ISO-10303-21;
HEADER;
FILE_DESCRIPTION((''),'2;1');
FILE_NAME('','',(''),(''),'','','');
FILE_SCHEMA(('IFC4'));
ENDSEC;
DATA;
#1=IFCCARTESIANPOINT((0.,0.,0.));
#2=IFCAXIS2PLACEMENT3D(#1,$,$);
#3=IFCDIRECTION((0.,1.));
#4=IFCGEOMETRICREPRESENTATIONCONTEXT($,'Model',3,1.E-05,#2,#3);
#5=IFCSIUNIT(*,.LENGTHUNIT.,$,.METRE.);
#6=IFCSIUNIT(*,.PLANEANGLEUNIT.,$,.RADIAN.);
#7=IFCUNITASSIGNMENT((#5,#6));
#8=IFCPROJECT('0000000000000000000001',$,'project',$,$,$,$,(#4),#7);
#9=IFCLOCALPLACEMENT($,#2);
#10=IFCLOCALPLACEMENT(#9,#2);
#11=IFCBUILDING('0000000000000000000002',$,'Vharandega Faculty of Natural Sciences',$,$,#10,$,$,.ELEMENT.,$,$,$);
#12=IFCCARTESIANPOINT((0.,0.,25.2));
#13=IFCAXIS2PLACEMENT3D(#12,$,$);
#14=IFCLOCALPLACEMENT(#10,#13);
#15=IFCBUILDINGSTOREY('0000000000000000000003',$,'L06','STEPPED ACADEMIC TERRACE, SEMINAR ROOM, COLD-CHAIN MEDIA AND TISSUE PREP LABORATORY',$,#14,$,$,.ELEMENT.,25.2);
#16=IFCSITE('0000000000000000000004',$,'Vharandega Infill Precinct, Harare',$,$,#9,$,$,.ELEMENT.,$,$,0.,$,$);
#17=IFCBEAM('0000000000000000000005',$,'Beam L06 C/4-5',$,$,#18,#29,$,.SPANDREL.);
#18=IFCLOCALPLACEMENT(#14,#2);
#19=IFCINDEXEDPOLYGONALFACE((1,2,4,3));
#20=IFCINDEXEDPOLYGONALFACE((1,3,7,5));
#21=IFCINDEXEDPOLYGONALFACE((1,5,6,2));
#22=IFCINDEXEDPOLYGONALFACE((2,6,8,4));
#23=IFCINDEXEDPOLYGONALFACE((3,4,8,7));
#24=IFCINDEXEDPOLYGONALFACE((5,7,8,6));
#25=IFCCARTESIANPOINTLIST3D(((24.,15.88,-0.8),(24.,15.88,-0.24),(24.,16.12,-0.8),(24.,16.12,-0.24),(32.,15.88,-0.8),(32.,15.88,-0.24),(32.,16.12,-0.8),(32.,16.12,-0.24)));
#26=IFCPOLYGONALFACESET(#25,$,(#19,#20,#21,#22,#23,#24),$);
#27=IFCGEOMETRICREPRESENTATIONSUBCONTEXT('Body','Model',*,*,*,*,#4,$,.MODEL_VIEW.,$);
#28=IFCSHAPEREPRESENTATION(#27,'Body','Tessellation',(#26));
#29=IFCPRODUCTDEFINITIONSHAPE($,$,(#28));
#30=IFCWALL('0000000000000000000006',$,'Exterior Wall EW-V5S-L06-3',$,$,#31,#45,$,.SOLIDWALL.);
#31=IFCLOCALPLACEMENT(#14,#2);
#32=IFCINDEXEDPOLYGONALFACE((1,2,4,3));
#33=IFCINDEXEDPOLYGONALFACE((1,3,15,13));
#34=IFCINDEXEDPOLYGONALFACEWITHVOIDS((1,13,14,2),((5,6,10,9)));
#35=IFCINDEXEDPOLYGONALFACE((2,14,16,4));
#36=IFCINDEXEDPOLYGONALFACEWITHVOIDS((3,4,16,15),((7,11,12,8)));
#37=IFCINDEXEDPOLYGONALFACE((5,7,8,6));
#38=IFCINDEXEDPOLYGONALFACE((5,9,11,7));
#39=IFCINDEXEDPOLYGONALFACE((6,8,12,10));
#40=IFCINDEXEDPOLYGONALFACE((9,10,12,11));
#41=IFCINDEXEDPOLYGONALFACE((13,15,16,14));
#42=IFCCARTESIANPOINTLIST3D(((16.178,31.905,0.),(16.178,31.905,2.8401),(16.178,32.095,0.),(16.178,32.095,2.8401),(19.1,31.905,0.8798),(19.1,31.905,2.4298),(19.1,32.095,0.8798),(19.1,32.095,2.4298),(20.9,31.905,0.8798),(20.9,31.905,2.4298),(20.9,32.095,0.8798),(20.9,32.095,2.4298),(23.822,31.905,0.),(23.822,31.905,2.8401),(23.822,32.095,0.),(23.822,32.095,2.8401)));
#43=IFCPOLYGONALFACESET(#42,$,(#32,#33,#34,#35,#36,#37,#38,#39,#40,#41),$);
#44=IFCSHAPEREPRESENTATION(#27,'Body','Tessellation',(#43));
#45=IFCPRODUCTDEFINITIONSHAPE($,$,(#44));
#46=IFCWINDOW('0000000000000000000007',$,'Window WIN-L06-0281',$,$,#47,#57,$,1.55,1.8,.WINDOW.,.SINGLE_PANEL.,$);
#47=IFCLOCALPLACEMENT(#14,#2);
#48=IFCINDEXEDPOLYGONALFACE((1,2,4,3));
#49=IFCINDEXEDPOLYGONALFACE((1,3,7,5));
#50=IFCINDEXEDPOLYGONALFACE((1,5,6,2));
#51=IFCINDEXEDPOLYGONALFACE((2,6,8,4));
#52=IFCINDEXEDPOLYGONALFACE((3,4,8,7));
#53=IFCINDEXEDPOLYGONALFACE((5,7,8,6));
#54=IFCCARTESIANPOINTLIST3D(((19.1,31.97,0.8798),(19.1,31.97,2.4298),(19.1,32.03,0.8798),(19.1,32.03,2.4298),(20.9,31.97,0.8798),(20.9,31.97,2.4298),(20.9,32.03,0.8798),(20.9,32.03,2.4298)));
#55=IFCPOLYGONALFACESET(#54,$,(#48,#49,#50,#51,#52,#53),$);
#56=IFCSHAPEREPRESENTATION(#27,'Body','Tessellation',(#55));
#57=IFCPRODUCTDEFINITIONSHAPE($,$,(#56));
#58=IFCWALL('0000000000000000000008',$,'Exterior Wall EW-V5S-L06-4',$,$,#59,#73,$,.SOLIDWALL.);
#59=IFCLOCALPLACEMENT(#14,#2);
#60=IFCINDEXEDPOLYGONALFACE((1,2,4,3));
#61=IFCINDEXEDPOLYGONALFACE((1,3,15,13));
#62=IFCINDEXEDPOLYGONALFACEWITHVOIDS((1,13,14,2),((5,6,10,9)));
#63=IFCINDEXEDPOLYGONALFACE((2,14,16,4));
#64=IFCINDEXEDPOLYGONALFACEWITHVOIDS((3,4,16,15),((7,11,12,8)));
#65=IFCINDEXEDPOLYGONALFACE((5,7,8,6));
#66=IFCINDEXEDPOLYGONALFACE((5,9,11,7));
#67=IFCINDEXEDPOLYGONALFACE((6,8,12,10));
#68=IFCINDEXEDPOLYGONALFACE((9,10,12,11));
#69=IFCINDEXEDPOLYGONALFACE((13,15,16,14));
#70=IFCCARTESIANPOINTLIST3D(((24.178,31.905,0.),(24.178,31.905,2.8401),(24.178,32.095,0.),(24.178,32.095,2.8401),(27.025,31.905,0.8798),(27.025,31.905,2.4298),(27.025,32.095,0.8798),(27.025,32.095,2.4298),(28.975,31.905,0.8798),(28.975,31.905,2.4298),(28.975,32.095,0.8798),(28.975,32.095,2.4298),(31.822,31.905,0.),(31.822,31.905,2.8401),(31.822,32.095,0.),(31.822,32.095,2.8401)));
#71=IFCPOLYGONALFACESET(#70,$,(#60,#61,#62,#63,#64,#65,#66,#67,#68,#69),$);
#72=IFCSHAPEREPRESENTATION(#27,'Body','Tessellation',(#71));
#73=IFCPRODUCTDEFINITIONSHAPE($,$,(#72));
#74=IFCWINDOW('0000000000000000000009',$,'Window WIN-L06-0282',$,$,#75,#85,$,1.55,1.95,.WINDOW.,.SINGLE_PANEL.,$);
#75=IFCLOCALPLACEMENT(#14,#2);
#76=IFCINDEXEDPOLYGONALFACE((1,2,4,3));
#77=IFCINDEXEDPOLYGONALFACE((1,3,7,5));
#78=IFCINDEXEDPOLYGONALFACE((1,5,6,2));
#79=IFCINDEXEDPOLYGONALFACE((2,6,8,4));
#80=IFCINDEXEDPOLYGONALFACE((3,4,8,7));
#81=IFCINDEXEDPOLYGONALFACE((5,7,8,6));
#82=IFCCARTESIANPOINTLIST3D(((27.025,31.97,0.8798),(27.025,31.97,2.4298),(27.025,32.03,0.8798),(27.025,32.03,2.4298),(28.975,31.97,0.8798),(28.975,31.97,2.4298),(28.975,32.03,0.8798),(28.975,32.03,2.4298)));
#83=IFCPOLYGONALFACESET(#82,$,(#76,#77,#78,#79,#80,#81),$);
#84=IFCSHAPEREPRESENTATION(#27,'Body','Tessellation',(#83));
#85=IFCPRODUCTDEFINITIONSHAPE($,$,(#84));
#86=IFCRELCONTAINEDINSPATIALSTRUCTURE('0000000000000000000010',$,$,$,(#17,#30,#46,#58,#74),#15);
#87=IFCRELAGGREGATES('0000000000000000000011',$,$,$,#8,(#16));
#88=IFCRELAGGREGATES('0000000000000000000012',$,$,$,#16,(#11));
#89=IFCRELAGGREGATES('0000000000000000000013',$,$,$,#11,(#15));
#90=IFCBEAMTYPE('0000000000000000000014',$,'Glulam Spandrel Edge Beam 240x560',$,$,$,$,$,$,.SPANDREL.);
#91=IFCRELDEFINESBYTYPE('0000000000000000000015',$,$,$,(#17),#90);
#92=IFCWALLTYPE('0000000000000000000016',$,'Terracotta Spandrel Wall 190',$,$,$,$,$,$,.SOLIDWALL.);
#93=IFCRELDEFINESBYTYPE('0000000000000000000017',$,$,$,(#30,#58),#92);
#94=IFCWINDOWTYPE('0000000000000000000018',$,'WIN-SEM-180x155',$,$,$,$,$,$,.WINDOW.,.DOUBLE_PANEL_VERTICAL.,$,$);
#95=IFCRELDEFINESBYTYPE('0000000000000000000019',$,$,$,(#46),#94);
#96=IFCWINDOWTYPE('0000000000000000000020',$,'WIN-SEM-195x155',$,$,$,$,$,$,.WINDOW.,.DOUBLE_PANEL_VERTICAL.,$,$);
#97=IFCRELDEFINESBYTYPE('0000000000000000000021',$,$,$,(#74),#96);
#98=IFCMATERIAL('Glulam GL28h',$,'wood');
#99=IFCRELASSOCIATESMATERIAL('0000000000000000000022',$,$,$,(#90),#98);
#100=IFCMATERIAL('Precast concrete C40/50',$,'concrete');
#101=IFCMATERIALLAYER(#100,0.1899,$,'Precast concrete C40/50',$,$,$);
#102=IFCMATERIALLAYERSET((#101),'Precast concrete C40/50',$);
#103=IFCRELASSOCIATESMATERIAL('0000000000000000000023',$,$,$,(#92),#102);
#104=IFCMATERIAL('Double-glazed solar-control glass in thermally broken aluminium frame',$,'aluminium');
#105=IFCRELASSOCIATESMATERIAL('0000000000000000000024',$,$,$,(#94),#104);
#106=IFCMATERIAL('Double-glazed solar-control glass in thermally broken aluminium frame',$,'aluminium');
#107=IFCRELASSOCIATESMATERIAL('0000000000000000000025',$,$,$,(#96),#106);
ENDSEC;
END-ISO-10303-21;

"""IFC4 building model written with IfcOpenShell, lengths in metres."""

from ifc_helpers import new_model, si_unit, direction, frame, frame_2d, origin, origin_2d, place, context, subcontext, project, spatial, rectangle, extrude, material, layer, layer_set, material_profile, profile_set, type_object, element, fill, save


model = new_model("IFC4")

# Units and contexts
model_context = context("Model", 3, precision=1e-05, world=origin(), true_north=direction((0.0, 1.0)))
body_context = subcontext(model_context, "Body", "Model", "MODEL_VIEW")
ifc_project = project(units=[si_unit("LENGTHUNIT", "METRE"), si_unit("PLANEANGLEUNIT", "RADIAN")], contexts=[model_context])

# Site, building, storey
site_placement = place(None, origin())
site = spatial("IfcSite", under=ifc_project, at=site_placement, Name="Vharandega Infill Precinct, Harare", CompositionType="ELEMENT", RefElevation=0.0)
building_placement = place(site_placement, origin())
building = spatial("IfcBuilding", under=site, at=building_placement, Name="Vharandega Faculty of Natural Sciences", CompositionType="ELEMENT")
storey_placement = place(building_placement, frame((0.0, 0.0, 25.2)))
storey = spatial("IfcBuildingStorey", under=building, at=storey_placement, Name="L06", Description="STEPPED ACADEMIC TERRACE, SEMINAR ROOM, COLD-CHAIN MEDIA AND TISSUE PREP LABORATORY", CompositionType="ELEMENT", Elevation=25.2)

# Beam
ifc_material_1 = material(Name="Glulam GL28h", Category="wood")
ifc_material_profile_1 = material_profile(ifc_material_1, rectangle(XDim=0.24, YDim=0.5601, at=origin_2d()), Name="GL28h 240x560")
ifc_profile_set_1 = profile_set([ifc_material_profile_1], Name="Glulam GL28h")
beam_type_1 = type_object("IfcBeamType", Name="Glulam Spandrel Edge Beam 240x560", PredefinedType="SPANDREL", material=ifc_profile_set_1)
beam_1_placement = place(storey_placement, frame((24.0, 16.0, -0.52), z_axis=(1.0, 0.0, 0.0), x_axis=(0.0, 1.0, 0.0)))
element("IfcBeam", 1, at=beam_1_placement, inside=storey, type_object=beam_type_1, Name="Beam L06 C/4-5", PredefinedType="SPANDREL", context=body_context, shape_type="SweptSolid", body=[
    extrude(rectangle(XDim=0.24, YDim=0.5601, at=origin_2d()), origin(), (0.0, 0.0, 1.0), 8.0),
])

# Walls, openings, windows
ifc_material_2 = material(Name="Precast concrete C40/50", Category="concrete")
ifc_layer = layer(ifc_material_2, 0.1899, Name="Precast concrete C40/50")
ifc_layer_set = layer_set([ifc_layer], Name="Precast concrete C40/50")
wall_type = type_object("IfcWallType", Name="Terracotta Spandrel Wall 190", PredefinedType="SOLIDWALL", material=ifc_layer_set)
wall_1_placement = place(storey_placement, frame((23.822, 32.0, 0.0), z_axis=(0.0, 0.0, 1.0), x_axis=(-1.0, 0.0, 0.0)))
wall_1 = element("IfcWall", 2, at=wall_1_placement, inside=storey, type_object=wall_type, Name="Exterior Wall EW-V5S-L06-3", PredefinedType="SOLIDWALL", context=body_context, shape_type="SweptSolid", body=[
    extrude(rectangle(XDim=7.644, YDim=0.1899, at=frame_2d((3.822, 0.0))), origin(), (0.0, 0.0, 1.0), 2.8401),
])
opening_1_placement = place(wall_1_placement, frame((2.9221, 0.0, 0.8799)))
opening_1 = element("IfcOpeningElement", 3, at=opening_1_placement, cuts=wall_1, PredefinedType="OPENING", context=body_context, shape_type="SweptSolid", body=[
    extrude(rectangle(XDim=1.8, YDim=1.55, at=frame_2d((0.8999, 0.7749))), frame((0.0, 0.105, 0.0), z_axis=(0.0, -1.0, 0.0), x_axis=(1.0, 0.0, 0.0)), (0.0, 0.0, 1.0), 0.21),
])
ifc_material_3 = material(Name="Double-glazed solar-control glass in thermally broken aluminium frame", Category="aluminium")
window_type_1 = type_object("IfcWindowType", Name="WIN-SEM-180x155", PartitioningType="DOUBLE_PANEL_VERTICAL", PredefinedType="WINDOW", material=ifc_material_3)
window_1_placement = place(opening_1_placement, origin())
window_1 = element("IfcWindow", 4, at=window_1_placement, inside=storey, type_object=window_type_1, Name="Window WIN-L06-0281", OverallHeight=1.55, OverallWidth=1.8, PartitioningType="SINGLE_PANEL", PredefinedType="WINDOW", context=body_context, shape_type="SweptSolid", body=[
    extrude(rectangle(XDim=1.8, YDim=1.55, at=frame_2d((0.8999, 0.7749))), frame((0.0, 0.03, 0.0), z_axis=(0.0, -1.0, 0.0), x_axis=(1.0, 0.0, 0.0)), (0.0, 0.0, 1.0), 0.0601),
])
fill(opening_1, window_1)
wall_2_placement = place(storey_placement, frame((31.822, 32.0, 0.0), z_axis=(0.0, 0.0, 1.0), x_axis=(-1.0, 0.0, 0.0)))
wall_2 = element("IfcWall", 5, at=wall_2_placement, inside=storey, type_object=wall_type, Name="Exterior Wall EW-V5S-L06-4", PredefinedType="SOLIDWALL", context=body_context, shape_type="SweptSolid", body=[
    extrude(rectangle(XDim=7.644, YDim=0.1899, at=frame_2d((3.822, 0.0))), origin(), (0.0, 0.0, 1.0), 2.8401),
])
opening_2_placement = place(wall_2_placement, frame((2.8469, 0.0, 0.8799)))
opening_2 = element("IfcOpeningElement", 6, at=opening_2_placement, cuts=wall_2, PredefinedType="OPENING", context=body_context, shape_type="SweptSolid", body=[
    extrude(rectangle(XDim=1.95, YDim=1.55, at=frame_2d((0.9751, 0.7749))), frame((0.0, 0.105, 0.0), z_axis=(0.0, -1.0, 0.0), x_axis=(1.0, 0.0, 0.0)), (0.0, 0.0, 1.0), 0.21),
])
ifc_material_4 = material(Name="Double-glazed solar-control glass in thermally broken aluminium frame", Category="aluminium")
window_type_2 = type_object("IfcWindowType", Name="WIN-SEM-195x155", PartitioningType="DOUBLE_PANEL_VERTICAL", PredefinedType="WINDOW", material=ifc_material_4)
window_2_placement = place(opening_2_placement, origin())
window_2 = element("IfcWindow", 7, at=window_2_placement, inside=storey, type_object=window_type_2, Name="Window WIN-L06-0282", OverallHeight=1.55, OverallWidth=1.95, PartitioningType="SINGLE_PANEL", PredefinedType="WINDOW", context=body_context, shape_type="SweptSolid", body=[
    extrude(rectangle(XDim=1.95, YDim=1.55, at=frame_2d((0.9751, 0.7749))), frame((0.0, 0.03, 0.0), z_axis=(0.0, -1.0, 0.0), x_axis=(1.0, 0.0, 0.0)), (0.0, 0.0, 1.0), 0.0601),
])
fill(opening_2, window_2)

save(model, "model.ifc")
